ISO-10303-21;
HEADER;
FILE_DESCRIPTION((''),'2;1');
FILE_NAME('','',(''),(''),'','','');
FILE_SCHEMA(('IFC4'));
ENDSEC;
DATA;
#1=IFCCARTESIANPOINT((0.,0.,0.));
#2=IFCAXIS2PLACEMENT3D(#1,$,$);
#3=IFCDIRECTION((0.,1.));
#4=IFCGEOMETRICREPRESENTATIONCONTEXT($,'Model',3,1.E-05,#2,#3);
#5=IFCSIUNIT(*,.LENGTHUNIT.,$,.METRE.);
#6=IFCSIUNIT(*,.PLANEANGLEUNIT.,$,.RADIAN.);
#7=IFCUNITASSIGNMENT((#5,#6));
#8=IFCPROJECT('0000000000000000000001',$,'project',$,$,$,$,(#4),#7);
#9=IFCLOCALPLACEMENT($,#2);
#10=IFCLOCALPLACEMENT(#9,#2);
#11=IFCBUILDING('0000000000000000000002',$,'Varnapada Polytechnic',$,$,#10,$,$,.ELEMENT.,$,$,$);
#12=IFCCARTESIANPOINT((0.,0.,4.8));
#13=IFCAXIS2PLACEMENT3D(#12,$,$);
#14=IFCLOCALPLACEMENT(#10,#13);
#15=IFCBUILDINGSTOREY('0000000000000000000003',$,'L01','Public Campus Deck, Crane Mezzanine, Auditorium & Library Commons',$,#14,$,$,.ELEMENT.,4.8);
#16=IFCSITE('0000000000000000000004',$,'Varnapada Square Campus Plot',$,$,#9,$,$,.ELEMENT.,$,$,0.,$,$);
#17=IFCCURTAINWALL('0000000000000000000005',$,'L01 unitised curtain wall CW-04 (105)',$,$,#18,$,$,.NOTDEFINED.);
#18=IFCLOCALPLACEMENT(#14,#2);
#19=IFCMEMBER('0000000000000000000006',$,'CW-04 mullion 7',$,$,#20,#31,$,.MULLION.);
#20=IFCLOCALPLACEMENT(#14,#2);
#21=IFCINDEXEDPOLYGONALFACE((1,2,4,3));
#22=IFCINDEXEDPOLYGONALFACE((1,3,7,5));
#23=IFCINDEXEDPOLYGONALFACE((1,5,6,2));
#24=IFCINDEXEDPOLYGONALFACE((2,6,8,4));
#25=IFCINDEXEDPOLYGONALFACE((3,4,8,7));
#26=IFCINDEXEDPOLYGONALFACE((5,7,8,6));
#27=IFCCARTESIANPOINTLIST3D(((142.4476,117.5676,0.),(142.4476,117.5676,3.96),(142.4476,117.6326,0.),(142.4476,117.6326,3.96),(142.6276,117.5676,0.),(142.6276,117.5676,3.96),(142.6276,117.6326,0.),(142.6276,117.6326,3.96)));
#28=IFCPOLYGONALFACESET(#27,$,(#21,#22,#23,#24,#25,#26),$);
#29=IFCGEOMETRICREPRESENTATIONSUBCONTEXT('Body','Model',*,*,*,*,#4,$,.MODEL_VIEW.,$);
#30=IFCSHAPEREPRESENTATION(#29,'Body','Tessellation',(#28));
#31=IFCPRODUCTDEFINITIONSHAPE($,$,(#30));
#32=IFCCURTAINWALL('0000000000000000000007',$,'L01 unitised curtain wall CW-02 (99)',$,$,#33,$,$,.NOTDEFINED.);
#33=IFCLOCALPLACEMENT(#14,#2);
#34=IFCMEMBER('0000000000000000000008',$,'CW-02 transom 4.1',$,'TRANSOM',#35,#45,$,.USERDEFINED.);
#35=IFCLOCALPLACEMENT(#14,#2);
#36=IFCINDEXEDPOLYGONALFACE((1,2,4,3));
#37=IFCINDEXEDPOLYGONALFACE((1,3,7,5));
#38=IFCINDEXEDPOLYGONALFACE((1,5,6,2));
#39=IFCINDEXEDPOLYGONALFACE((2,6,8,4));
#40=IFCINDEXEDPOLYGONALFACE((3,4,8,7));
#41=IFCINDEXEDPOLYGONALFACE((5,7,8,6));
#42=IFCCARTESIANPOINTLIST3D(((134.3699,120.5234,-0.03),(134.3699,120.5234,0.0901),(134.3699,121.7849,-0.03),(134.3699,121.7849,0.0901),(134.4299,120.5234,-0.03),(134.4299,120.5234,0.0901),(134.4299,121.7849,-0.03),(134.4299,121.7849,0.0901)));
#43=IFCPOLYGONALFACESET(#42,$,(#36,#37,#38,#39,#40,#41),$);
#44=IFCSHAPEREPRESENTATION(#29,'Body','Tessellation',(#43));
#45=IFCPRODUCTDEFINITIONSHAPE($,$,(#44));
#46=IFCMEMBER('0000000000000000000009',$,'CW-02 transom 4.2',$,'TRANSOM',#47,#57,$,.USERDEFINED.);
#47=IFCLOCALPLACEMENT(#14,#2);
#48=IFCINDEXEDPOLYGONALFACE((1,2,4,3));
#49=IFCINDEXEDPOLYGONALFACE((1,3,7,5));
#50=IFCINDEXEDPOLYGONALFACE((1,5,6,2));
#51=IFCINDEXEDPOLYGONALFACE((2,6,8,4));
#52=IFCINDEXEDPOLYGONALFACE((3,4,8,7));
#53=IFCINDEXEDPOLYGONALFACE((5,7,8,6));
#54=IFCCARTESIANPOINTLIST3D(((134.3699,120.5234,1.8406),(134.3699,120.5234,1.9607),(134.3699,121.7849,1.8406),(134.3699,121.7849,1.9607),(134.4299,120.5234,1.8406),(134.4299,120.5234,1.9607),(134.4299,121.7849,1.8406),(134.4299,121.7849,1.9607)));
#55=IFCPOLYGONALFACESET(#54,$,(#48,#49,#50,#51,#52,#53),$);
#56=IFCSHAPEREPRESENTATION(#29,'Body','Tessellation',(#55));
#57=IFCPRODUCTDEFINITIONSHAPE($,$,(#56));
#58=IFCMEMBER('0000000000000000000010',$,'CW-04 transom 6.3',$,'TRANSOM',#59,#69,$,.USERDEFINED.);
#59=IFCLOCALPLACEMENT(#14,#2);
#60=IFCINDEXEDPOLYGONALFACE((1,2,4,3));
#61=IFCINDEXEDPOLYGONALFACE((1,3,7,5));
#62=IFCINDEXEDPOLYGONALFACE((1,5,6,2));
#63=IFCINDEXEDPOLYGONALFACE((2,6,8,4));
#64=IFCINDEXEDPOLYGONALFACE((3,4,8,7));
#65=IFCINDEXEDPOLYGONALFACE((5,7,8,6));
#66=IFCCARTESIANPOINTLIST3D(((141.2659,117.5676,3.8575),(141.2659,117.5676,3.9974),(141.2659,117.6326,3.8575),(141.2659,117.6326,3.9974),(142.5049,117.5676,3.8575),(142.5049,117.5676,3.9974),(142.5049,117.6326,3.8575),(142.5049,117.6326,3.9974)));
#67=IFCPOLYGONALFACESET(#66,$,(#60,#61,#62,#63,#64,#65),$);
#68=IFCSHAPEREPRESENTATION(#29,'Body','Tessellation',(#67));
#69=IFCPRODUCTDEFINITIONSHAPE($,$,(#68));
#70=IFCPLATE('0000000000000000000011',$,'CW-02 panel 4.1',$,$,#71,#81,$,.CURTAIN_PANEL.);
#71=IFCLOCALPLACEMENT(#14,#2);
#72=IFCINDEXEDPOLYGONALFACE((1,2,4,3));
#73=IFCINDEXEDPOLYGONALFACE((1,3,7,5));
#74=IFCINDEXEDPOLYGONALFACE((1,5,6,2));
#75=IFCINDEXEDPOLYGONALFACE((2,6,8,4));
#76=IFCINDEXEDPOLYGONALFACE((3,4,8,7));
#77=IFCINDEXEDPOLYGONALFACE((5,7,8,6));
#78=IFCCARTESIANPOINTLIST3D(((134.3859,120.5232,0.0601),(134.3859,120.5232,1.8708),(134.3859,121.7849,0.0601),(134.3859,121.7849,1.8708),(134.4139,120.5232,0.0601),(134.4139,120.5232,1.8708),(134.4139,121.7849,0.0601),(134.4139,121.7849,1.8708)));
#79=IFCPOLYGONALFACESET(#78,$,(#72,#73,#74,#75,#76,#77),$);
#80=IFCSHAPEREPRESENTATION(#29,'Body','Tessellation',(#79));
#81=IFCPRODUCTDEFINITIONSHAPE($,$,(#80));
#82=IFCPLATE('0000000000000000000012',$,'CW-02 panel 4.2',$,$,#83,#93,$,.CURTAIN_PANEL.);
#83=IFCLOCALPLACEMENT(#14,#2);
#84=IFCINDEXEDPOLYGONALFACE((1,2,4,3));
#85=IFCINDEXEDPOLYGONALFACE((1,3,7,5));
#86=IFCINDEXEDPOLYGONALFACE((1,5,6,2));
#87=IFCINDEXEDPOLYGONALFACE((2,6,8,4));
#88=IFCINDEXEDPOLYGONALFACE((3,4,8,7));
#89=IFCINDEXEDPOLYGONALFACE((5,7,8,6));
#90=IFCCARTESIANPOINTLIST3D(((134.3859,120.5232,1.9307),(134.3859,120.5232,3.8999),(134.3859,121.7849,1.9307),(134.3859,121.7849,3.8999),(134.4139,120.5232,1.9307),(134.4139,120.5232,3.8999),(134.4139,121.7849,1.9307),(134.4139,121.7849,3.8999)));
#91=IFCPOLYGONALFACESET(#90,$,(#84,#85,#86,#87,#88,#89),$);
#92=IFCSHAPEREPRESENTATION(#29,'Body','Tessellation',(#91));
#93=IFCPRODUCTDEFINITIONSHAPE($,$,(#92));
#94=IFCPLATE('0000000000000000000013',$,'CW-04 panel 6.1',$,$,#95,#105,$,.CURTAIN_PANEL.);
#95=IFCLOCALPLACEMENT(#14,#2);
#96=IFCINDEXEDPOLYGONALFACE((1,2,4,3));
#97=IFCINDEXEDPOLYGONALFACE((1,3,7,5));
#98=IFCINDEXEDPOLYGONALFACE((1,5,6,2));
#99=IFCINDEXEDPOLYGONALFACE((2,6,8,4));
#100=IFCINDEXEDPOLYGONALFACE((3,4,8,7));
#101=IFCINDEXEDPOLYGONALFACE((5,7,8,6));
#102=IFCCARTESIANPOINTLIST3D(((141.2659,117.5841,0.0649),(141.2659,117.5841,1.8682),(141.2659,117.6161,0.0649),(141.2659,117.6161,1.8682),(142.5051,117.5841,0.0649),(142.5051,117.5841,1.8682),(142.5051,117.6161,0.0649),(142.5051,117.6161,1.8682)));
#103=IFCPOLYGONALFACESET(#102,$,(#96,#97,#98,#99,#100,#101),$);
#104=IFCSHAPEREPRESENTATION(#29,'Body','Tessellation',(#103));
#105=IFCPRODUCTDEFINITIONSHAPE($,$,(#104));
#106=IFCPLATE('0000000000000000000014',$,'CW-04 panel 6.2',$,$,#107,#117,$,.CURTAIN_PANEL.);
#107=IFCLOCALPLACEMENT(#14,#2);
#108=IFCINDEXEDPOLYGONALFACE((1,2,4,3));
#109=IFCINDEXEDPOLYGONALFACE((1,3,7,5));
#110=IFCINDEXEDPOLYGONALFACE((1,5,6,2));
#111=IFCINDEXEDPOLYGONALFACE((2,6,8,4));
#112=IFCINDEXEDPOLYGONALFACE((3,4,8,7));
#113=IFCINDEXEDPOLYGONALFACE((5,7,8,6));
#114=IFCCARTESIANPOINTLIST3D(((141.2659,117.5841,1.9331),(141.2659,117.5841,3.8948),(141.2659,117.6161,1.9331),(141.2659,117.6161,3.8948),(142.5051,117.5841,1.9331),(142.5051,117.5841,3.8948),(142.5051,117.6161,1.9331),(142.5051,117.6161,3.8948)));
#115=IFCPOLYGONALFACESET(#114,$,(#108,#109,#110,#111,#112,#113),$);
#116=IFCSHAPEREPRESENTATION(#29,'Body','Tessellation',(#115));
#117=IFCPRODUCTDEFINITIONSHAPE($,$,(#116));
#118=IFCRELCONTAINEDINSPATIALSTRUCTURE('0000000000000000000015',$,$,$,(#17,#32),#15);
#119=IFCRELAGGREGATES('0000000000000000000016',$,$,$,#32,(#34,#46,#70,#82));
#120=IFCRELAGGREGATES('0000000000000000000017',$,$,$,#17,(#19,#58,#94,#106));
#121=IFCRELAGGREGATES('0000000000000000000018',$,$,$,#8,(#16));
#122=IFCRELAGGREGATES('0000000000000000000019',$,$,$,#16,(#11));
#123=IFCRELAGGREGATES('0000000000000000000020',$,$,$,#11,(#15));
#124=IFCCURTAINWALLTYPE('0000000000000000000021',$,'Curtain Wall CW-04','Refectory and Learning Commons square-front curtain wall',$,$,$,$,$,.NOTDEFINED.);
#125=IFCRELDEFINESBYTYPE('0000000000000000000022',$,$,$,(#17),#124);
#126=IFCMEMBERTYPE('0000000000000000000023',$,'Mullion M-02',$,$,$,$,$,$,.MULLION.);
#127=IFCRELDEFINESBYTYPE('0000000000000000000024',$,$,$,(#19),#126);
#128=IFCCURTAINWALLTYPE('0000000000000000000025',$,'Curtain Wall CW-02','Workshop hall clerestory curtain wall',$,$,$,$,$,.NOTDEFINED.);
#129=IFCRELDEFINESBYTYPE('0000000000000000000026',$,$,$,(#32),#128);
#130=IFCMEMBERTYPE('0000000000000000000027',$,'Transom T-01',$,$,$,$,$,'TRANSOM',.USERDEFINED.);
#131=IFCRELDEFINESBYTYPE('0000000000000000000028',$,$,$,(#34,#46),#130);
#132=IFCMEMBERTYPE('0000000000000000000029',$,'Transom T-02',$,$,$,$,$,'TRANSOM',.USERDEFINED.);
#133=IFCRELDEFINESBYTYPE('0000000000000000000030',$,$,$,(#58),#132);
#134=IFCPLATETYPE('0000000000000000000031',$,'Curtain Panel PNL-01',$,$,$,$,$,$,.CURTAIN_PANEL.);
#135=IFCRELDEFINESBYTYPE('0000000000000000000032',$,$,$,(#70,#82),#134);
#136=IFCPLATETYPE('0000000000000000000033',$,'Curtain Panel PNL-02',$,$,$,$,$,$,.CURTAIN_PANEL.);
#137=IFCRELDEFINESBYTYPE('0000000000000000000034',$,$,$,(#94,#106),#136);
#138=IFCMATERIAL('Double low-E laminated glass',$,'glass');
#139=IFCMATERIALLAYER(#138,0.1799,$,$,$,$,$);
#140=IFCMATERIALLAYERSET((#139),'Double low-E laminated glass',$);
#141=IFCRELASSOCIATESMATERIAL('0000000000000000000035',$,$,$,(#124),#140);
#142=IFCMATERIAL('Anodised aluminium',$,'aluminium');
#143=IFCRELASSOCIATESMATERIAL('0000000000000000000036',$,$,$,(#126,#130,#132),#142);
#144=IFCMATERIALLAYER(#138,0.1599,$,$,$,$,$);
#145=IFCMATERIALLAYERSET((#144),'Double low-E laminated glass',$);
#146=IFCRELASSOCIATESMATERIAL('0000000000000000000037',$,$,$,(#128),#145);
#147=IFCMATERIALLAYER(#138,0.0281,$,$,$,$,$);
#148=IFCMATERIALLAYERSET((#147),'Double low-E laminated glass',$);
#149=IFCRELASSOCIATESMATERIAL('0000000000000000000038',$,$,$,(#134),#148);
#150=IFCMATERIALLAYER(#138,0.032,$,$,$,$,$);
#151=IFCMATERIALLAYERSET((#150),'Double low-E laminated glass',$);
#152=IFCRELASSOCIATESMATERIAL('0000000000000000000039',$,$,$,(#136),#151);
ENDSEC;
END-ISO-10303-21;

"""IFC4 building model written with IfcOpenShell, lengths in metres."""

from ifc_helpers import new_model, si_unit, direction, frame, origin, origin_2d, place, context, subcontext, project, spatial, rectangle, extrude, material, layer, layer_set, material_profile, profile_set, type_object, element, aggregate, save


model = new_model("IFC4")

# Units and contexts
model_context = context("Model", 3, precision=1e-05, world=origin(), true_north=direction((0.0, 1.0)))
body_context = subcontext(model_context, "Body", "Model", "MODEL_VIEW")
ifc_project = project(units=[si_unit("LENGTHUNIT", "METRE"), si_unit("PLANEANGLEUNIT", "RADIAN")], contexts=[model_context])

# Site, building, storey
site_placement = place(None, origin())
site = spatial("IfcSite", under=ifc_project, at=site_placement, Name="Varnapada Square Campus Plot", CompositionType="ELEMENT", RefElevation=0.0)
building_placement = place(site_placement, origin())
building = spatial("IfcBuilding", under=site, at=building_placement, Name="Varnapada Polytechnic", CompositionType="ELEMENT")
storey_placement = place(building_placement, frame((0.0, 0.0, 4.8)))
storey = spatial("IfcBuildingStorey", under=building, at=storey_placement, Name="L01", Description="Public Campus Deck, Crane Mezzanine, Auditorium & Library Commons", CompositionType="ELEMENT", Elevation=4.8)

# Curtain wall, member
ifc_material_1 = material(Name="Double low-E laminated glass", Category="glass")
ifc_layer_1 = layer(ifc_material_1, 0.1799)
ifc_layer_set_1 = layer_set([ifc_layer_1], Name="Double low-E laminated glass")
curtain_wall_type_1 = type_object("IfcCurtainWallType", Name="Curtain Wall CW-04", Description="Refectory and Learning Commons square-front curtain wall", PredefinedType="NOTDEFINED", material=ifc_layer_set_1)
curtain_wall_1_placement = place(storey_placement, origin())
curtain_wall_1 = element("IfcCurtainWall", 1, at=curtain_wall_1_placement, inside=storey, type_object=curtain_wall_type_1, Name="L01 unitised curtain wall CW-04 (105)", PredefinedType="NOTDEFINED")
ifc_material_2 = material(Name="Anodised aluminium", Category="aluminium")
ifc_material_profile_1 = material_profile(ifc_material_2, rectangle(XDim=0.0649, YDim=0.1799, at=origin_2d()), Name="ALU M65x180")
ifc_profile_set_1 = profile_set([ifc_material_profile_1], Name="Anodised aluminium")
member_type_1 = type_object("IfcMemberType", Name="Mullion M-02", PredefinedType="MULLION", material=ifc_profile_set_1)
member_1_placement = place(storey_placement, frame((142.5376, 117.6001, 0.0), z_axis=(0.0, 0.0, 1.0), x_axis=(0.0, 1.0, 0.0)))
member_1 = element("IfcMember", 2, at=member_1_placement, type_object=member_type_1, Name="CW-04 mullion 7", PredefinedType="MULLION", context=body_context, shape_type="SweptSolid", body=[
    extrude(rectangle(XDim=0.0649, YDim=0.1799, at=origin_2d()), origin(), (0.0, 0.0, 1.0), 3.96),
])

# Curtain wall, members
ifc_layer_2 = layer(ifc_material_1, 0.1599)
ifc_layer_set_2 = layer_set([ifc_layer_2], Name="Double low-E laminated glass")
curtain_wall_type_2 = type_object("IfcCurtainWallType", Name="Curtain Wall CW-02", Description="Workshop hall clerestory curtain wall", PredefinedType="NOTDEFINED", material=ifc_layer_set_2)
curtain_wall_2_placement = place(storey_placement, origin())
curtain_wall_2 = element("IfcCurtainWall", 3, at=curtain_wall_2_placement, inside=storey, type_object=curtain_wall_type_2, Name="L01 unitised curtain wall CW-02 (99)", PredefinedType="NOTDEFINED")
ifc_material_profile_2 = material_profile(ifc_material_2, rectangle(XDim=0.0601, YDim=0.1201, at=origin_2d()), Name="ALU T60x120")
ifc_profile_set_2 = profile_set([ifc_material_profile_2], Name="Anodised aluminium")
member_type_2 = type_object("IfcMemberType", Name="Transom T-01", ElementType="TRANSOM", PredefinedType="USERDEFINED", material=ifc_profile_set_2)
member_2_placement = place(storey_placement, frame((134.3999, 121.7849, 0.03), z_axis=(0.0, -1.0, 0.0), x_axis=(1.0, 0.0, 0.0)))
member_2 = element("IfcMember", 4, at=member_2_placement, type_object=member_type_2, Name="CW-02 transom 4.1", ObjectType="TRANSOM", PredefinedType="USERDEFINED", context=body_context, shape_type="SweptSolid", body=[
    extrude(rectangle(XDim=0.0601, YDim=0.1201, at=origin_2d()), origin(), (0.0, 0.0, 1.0), 1.2615),
])
member_3_placement = place(storey_placement, frame((134.3999, 121.7849, 1.9006), z_axis=(0.0, -1.0, 0.0), x_axis=(1.0, 0.0, 0.0)))
member_3 = element("IfcMember", 5, at=member_3_placement, type_object=member_type_2, Name="CW-02 transom 4.2", ObjectType="TRANSOM", PredefinedType="USERDEFINED", context=body_context, shape_type="SweptSolid", body=[
    extrude(rectangle(XDim=0.0601, YDim=0.1201, at=origin_2d()), origin(), (0.0, 0.0, 1.0), 1.2615),
])

# Member
ifc_material_profile_3 = material_profile(ifc_material_2, rectangle(XDim=0.0649, YDim=0.1399, at=origin_2d()), Name="ALU T65x140")
ifc_profile_set_3 = profile_set([ifc_material_profile_3], Name="Anodised aluminium")
member_type_3 = type_object("IfcMemberType", Name="Transom T-02", ElementType="TRANSOM", PredefinedType="USERDEFINED", material=ifc_profile_set_3)
member_4_placement = place(storey_placement, frame((141.2659, 117.6001, 3.9275), z_axis=(1.0, 0.0, 0.0), x_axis=(0.0, 1.0, 0.0)))
member_4 = element("IfcMember", 6, at=member_4_placement, type_object=member_type_3, Name="CW-04 transom 6.3", ObjectType="TRANSOM", PredefinedType="USERDEFINED", context=body_context, shape_type="SweptSolid", body=[
    extrude(rectangle(XDim=0.0649, YDim=0.1399, at=origin_2d()), origin(), (0.0, 0.0, 1.0), 1.239),
])

# Plates
ifc_layer_3 = layer(ifc_material_1, 0.0281)
ifc_layer_set_3 = layer_set([ifc_layer_3], Name="Double low-E laminated glass")
plate_type_1 = type_object("IfcPlateType", Name="Curtain Panel PNL-01", PredefinedType="CURTAIN_PANEL", material=ifc_layer_set_3)
plate_1_placement = place(storey_placement, frame((134.3999, 121.1541, 0.0601), z_axis=(0.0, 0.0, 1.0), x_axis=(0.0, -1.0, 0.0)))
plate_1 = element("IfcPlate", 7, at=plate_1_placement, type_object=plate_type_1, Name="CW-02 panel 4.1", PredefinedType="CURTAIN_PANEL", context=body_context, shape_type="SweptSolid", body=[
    extrude(rectangle(XDim=1.2617, YDim=0.0281, at=origin_2d()), origin(), (0.0, 0.0, 1.0), 1.8108),
])
plate_2_placement = place(storey_placement, frame((134.3999, 121.1541, 1.9307), z_axis=(0.0, 0.0, 1.0), x_axis=(0.0, -1.0, 0.0)))
plate_2 = element("IfcPlate", 8, at=plate_2_placement, type_object=plate_type_1, Name="CW-02 panel 4.2", PredefinedType="CURTAIN_PANEL", context=body_context, shape_type="SweptSolid", body=[
    extrude(rectangle(XDim=1.2617, YDim=0.0281, at=origin_2d()), origin(), (0.0, 0.0, 1.0), 1.9692),
])
aggregate(curtain_wall_2, [member_2, member_3, plate_1, plate_2])
ifc_layer_4 = layer(ifc_material_1, 0.032)
ifc_layer_set_4 = layer_set([ifc_layer_4], Name="Double low-E laminated glass")
plate_type_2 = type_object("IfcPlateType", Name="Curtain Panel PNL-02", PredefinedType="CURTAIN_PANEL", material=ifc_layer_set_4)
plate_3_placement = place(storey_placement, frame((141.8855, 117.6001, 0.0649), z_axis=(0.0, 0.0, 1.0), x_axis=(1.0, 0.0, 0.0)))
plate_3 = element("IfcPlate", 9, at=plate_3_placement, type_object=plate_type_2, Name="CW-04 panel 6.1", PredefinedType="CURTAIN_PANEL", context=body_context, shape_type="SweptSolid", body=[
    extrude(rectangle(XDim=1.2393, YDim=0.032, at=origin_2d()), origin(), (0.0, 0.0, 1.0), 1.8032),
])
plate_4_placement = place(storey_placement, frame((141.8855, 117.6001, 1.9331), z_axis=(0.0, 0.0, 1.0), x_axis=(1.0, 0.0, 0.0)))
plate_4 = element("IfcPlate", 10, at=plate_4_placement, type_object=plate_type_2, Name="CW-04 panel 6.2", PredefinedType="CURTAIN_PANEL", context=body_context, shape_type="SweptSolid", body=[
    extrude(rectangle(XDim=1.2393, YDim=0.032, at=origin_2d()), origin(), (0.0, 0.0, 1.0), 1.9617),
])
aggregate(curtain_wall_1, [member_1, member_4, plate_3, plate_4])

save(model, "model.ifc")
